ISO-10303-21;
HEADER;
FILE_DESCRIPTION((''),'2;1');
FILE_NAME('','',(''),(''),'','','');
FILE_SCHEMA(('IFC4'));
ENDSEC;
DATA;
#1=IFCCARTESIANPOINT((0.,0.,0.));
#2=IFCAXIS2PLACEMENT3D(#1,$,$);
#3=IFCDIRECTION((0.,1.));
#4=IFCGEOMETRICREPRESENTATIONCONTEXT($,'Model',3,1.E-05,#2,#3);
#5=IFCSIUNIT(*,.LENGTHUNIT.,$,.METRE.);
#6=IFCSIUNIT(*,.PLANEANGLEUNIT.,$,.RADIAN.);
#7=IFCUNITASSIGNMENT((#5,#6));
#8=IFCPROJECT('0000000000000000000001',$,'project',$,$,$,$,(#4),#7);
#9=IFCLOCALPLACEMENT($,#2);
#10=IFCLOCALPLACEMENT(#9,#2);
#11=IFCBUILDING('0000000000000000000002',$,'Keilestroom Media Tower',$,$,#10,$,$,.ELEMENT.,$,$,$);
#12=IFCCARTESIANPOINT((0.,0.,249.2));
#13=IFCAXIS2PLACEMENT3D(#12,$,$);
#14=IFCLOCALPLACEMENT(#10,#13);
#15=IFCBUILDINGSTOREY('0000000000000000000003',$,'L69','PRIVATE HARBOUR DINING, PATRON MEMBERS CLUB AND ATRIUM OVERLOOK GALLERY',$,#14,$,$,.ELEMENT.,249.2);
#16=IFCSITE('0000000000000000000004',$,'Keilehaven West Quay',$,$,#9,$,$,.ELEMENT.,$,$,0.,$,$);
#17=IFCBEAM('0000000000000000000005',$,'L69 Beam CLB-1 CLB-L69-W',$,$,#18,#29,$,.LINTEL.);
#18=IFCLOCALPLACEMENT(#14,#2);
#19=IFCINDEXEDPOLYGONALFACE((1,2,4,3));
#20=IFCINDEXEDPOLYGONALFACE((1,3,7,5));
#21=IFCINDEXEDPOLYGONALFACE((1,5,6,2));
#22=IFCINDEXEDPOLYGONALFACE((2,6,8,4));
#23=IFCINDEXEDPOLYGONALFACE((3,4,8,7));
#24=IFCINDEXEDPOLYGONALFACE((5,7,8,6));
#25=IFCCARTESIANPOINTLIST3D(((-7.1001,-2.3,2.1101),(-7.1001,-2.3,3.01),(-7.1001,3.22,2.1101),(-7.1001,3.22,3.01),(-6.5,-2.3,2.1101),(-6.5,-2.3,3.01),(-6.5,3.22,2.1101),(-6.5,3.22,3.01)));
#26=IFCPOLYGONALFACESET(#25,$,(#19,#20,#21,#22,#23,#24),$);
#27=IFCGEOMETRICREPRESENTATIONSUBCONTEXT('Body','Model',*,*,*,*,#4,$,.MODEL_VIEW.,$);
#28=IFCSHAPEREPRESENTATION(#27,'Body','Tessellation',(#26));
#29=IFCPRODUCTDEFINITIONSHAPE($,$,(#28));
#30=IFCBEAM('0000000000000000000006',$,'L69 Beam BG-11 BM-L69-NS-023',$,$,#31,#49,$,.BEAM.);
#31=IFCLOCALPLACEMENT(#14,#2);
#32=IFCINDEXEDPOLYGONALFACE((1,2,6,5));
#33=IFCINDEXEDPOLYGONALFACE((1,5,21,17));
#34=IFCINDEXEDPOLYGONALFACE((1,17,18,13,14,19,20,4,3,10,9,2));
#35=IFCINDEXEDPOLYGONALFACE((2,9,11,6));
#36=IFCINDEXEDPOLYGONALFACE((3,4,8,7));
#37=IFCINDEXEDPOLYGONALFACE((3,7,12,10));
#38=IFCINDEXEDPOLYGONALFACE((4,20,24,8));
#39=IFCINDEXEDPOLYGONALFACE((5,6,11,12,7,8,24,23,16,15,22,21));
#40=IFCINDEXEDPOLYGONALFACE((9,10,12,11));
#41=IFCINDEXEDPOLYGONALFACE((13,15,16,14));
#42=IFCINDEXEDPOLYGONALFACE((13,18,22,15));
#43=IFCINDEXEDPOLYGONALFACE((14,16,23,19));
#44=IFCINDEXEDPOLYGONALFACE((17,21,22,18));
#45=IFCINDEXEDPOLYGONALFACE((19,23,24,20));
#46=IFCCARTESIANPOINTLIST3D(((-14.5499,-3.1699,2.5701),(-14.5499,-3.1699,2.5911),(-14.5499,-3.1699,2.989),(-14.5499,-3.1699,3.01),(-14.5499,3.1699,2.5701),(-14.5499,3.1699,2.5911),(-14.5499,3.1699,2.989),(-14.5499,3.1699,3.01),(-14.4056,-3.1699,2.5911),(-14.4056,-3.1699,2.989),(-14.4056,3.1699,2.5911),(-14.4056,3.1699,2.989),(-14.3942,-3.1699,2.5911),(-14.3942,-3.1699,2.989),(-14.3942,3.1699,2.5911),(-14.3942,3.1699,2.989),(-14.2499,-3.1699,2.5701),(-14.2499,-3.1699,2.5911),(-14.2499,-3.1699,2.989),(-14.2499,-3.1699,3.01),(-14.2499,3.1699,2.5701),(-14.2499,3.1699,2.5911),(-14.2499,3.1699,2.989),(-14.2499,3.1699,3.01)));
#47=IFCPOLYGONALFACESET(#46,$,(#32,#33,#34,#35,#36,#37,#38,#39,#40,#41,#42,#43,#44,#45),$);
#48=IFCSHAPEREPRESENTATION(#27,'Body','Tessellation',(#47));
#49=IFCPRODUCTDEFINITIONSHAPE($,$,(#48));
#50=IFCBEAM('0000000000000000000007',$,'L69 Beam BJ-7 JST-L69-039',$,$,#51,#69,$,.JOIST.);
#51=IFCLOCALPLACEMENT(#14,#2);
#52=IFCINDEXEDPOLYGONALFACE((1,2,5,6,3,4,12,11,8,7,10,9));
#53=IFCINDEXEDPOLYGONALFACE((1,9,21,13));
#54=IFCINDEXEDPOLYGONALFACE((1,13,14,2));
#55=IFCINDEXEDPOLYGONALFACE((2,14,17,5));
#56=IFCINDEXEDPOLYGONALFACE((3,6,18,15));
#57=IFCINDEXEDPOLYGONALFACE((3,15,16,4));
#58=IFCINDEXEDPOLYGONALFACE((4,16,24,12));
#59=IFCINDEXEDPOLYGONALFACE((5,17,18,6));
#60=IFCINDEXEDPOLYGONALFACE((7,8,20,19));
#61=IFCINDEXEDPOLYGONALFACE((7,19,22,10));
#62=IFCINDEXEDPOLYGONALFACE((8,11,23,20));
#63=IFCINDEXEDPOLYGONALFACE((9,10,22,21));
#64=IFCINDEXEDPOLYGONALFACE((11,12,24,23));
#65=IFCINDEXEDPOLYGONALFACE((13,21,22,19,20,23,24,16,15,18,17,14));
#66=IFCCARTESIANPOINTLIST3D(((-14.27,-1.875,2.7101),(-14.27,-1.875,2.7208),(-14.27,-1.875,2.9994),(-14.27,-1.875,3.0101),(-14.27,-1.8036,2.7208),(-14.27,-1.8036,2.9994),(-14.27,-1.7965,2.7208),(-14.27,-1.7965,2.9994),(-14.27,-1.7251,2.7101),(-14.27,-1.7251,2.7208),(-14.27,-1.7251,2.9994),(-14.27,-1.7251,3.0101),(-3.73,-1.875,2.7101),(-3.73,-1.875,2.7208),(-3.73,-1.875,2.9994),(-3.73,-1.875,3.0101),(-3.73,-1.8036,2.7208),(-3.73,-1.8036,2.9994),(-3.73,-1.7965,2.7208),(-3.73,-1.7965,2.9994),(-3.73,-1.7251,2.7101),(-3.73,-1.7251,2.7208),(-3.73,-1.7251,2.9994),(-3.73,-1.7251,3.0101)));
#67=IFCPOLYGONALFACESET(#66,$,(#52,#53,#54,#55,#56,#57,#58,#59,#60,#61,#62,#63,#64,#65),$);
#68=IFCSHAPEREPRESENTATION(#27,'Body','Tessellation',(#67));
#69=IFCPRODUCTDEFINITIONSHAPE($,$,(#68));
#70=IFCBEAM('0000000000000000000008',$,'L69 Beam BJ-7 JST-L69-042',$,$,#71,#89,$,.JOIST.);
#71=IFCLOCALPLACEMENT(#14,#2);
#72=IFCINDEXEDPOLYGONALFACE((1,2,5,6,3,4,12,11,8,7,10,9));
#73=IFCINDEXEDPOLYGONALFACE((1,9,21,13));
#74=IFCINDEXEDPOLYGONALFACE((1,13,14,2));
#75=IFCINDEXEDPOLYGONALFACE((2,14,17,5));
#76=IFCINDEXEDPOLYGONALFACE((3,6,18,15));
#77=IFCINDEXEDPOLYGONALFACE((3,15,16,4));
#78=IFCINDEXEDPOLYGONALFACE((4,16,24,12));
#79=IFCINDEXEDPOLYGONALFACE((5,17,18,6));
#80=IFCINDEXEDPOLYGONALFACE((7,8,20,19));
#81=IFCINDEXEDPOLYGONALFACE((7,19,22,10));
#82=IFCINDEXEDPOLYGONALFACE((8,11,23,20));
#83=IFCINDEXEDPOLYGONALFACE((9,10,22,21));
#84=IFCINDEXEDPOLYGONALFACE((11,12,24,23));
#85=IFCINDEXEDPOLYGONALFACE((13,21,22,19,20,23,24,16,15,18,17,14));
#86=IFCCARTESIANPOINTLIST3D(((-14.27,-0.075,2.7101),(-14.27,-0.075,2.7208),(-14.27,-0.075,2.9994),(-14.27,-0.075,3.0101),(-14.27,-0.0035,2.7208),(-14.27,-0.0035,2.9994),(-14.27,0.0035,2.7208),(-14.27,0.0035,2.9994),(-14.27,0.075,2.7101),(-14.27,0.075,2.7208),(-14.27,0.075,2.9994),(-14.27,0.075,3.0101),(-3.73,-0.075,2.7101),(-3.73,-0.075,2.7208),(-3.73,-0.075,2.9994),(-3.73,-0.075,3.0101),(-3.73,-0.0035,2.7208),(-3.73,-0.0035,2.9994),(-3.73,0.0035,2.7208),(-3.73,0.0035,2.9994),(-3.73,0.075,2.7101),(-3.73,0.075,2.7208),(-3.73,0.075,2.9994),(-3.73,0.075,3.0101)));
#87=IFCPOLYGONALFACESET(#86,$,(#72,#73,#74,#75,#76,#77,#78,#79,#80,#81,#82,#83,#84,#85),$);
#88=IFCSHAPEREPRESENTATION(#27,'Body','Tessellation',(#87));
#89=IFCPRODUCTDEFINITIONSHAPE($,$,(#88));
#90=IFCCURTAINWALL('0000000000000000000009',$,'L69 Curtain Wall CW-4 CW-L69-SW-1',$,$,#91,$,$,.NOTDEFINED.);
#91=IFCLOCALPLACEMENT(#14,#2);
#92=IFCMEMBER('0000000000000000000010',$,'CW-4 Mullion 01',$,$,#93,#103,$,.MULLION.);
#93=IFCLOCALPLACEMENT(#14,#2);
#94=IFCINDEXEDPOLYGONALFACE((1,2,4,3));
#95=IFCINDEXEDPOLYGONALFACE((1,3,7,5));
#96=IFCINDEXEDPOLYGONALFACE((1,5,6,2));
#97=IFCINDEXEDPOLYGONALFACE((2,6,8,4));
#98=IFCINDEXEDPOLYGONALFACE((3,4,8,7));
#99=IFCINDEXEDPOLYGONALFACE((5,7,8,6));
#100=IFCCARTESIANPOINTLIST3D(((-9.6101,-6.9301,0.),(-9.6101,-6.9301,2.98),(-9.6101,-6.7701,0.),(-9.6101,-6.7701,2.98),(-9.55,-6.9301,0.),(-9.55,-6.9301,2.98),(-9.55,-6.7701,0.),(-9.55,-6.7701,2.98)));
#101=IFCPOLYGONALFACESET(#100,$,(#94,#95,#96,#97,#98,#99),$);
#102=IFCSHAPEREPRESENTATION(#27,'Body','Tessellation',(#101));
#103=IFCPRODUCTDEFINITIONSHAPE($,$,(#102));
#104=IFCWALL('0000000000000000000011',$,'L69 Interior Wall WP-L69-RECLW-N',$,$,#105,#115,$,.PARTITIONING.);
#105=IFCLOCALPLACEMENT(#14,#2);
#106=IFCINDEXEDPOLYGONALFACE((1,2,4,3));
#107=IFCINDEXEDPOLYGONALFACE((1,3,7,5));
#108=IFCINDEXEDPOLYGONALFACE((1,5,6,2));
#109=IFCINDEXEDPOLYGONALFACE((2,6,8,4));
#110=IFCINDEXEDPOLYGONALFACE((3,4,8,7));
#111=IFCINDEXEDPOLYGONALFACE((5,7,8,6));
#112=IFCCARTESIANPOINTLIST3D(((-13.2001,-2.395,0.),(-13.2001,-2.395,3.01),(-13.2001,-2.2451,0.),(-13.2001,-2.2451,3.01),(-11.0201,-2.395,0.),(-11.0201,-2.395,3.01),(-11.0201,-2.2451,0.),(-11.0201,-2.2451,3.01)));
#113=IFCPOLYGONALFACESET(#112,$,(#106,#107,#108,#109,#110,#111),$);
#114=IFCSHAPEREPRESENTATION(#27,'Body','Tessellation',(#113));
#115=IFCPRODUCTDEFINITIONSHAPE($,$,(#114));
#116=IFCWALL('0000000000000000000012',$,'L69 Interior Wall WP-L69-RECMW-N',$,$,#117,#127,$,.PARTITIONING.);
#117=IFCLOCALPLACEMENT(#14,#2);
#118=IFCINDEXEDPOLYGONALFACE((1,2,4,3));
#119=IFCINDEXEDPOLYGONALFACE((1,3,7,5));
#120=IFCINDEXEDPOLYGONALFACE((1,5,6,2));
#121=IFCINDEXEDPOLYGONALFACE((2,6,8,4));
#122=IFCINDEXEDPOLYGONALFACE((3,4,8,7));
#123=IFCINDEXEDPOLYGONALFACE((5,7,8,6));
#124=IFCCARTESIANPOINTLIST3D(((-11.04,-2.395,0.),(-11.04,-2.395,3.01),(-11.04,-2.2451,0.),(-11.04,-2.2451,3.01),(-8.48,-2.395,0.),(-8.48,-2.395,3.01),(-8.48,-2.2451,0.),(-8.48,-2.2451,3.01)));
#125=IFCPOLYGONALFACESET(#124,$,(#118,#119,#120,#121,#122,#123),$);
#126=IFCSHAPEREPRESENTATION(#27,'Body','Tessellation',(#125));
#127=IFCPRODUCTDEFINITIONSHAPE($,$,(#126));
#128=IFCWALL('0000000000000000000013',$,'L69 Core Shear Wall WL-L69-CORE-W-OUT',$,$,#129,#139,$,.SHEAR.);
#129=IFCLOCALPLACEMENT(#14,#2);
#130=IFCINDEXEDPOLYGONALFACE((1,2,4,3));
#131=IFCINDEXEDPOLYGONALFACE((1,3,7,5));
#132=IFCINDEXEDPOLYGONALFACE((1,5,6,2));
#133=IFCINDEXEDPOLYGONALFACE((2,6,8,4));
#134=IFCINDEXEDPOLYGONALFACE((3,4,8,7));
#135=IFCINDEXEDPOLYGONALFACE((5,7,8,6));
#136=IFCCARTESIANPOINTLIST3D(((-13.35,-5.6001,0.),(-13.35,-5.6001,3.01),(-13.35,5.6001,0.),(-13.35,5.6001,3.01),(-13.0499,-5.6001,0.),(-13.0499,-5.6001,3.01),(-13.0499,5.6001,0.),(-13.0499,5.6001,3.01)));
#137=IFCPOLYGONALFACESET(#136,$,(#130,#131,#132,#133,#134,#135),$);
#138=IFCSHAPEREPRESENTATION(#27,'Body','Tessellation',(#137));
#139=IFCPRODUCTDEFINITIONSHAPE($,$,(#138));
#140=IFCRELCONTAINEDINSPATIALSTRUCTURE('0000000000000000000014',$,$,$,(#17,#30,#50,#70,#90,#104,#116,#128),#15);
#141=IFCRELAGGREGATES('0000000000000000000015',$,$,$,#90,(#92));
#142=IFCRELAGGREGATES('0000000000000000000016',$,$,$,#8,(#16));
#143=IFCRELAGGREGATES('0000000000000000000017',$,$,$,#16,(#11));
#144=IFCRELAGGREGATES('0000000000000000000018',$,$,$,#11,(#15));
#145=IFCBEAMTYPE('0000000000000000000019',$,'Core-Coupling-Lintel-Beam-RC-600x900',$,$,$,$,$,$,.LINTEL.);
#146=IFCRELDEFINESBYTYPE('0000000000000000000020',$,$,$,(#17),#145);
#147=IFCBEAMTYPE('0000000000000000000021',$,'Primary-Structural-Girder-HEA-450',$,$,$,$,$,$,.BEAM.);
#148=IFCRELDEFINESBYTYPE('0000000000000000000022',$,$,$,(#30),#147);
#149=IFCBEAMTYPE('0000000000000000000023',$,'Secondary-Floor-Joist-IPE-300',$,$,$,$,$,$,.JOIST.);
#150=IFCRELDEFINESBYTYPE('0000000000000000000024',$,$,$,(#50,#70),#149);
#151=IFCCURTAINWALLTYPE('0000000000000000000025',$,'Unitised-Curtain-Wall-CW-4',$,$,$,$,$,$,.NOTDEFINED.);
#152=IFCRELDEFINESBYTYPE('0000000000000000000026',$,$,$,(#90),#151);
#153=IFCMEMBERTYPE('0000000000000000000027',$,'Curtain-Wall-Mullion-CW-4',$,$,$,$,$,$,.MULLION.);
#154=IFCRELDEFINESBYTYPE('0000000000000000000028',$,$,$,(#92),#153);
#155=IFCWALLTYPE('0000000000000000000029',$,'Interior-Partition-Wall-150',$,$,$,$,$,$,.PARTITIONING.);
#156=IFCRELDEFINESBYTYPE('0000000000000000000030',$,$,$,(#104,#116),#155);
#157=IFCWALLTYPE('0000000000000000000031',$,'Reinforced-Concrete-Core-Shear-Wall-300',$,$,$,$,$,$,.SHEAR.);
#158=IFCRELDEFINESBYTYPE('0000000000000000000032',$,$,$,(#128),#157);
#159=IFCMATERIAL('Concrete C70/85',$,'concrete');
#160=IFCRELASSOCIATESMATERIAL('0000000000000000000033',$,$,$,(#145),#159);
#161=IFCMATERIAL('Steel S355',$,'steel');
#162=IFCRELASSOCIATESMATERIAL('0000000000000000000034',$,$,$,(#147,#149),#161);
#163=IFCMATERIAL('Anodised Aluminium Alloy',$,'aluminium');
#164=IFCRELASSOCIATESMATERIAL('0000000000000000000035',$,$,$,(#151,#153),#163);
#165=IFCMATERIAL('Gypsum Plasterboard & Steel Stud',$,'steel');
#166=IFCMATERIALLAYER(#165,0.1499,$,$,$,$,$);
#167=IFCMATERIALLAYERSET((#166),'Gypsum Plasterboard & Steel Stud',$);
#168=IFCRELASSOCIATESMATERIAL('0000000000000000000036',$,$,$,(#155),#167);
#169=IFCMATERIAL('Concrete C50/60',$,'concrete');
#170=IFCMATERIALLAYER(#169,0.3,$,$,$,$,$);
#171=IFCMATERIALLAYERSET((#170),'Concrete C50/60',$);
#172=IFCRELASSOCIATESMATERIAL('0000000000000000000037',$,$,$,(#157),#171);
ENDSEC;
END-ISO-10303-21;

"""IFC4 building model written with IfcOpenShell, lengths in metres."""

from ifc_helpers import new_model, si_unit, direction, frame, frame_2d, origin, origin_2d, place, context, subcontext, project, spatial, rectangle, i_section, extrude, source, transform, mapped, material, layer, layer_set, material_profile, profile_set, type_object, element, aggregate, save


model = new_model("IFC4")

# Units and contexts
model_context = context("Model", 3, precision=1e-05, world=origin(), true_north=direction((0.0, 1.0)))
body_context = subcontext(model_context, "Body", "Model", "MODEL_VIEW")
ifc_project = project(units=[si_unit("LENGTHUNIT", "METRE"), si_unit("PLANEANGLEUNIT", "RADIAN")], contexts=[model_context])

# Site, building, storey
site_placement = place(None, origin())
site = spatial("IfcSite", under=ifc_project, at=site_placement, Name="Keilehaven West Quay", CompositionType="ELEMENT", RefElevation=0.0)
building_placement = place(site_placement, origin())
building = spatial("IfcBuilding", under=site, at=building_placement, Name="Keilestroom Media Tower", CompositionType="ELEMENT")
storey_placement = place(building_placement, frame((0.0, 0.0, 249.2)))
storey = spatial("IfcBuildingStorey", under=building, at=storey_placement, Name="L69", Description="PRIVATE HARBOUR DINING, PATRON MEMBERS CLUB AND ATRIUM OVERLOOK GALLERY", CompositionType="ELEMENT", Elevation=249.2)

# Beams
ifc_material_1 = material(Name="Concrete C70/85", Category="concrete")
ifc_material_profile_1 = material_profile(ifc_material_1, rectangle(XDim=0.6001, YDim=0.8999, at=origin_2d()), Name="RC 600x900")
ifc_profile_set_1 = profile_set([ifc_material_profile_1], Name="Concrete C70/85")
beam_type_1 = type_object("IfcBeamType", Name="Core-Coupling-Lintel-Beam-RC-600x900", PredefinedType="LINTEL", material=ifc_profile_set_1)
shared_shape_1 = source(origin(), body_context, "Body", "SweptSolid", [
    extrude(rectangle(XDim=0.6001, YDim=0.8999, at=origin_2d()), origin(), (0.0, 0.0, 1.0), 5.52),
])
beam_1_placement = place(storey_placement, frame((-6.8, -2.3, 2.5601), z_axis=(0.0, 1.0, 0.0), x_axis=(-1.0, 0.0, 0.0)))
element("IfcBeam", 1, at=beam_1_placement, inside=storey, type_object=beam_type_1, Name="L69 Beam CLB-1 CLB-L69-W", PredefinedType="LINTEL", context=body_context, shape_type="MappedRepresentation", body=[
    mapped(shared_shape_1, transform((0.0, 0.0, 0.0), x_axis=(1.0, 0.0, 0.0), y_axis=(0.0, 1.0, 0.0), z_axis=(0.0, 0.0, 1.0), scale=1.0)),
])
ifc_material_2 = material(Name="Steel S355", Category="steel")
ifc_material_profile_2 = material_profile(ifc_material_2, i_section(OverallWidth=0.3, OverallDepth=0.4399, WebThickness=0.0115, FlangeThickness=0.021, at=origin_2d()), Name="HEA 450")
ifc_profile_set_2 = profile_set([ifc_material_profile_2], Name="Steel S355")
beam_type_2 = type_object("IfcBeamType", Name="Primary-Structural-Girder-HEA-450", PredefinedType="BEAM", material=ifc_profile_set_2)
shared_shape_2 = source(origin(), body_context, "Body", "SweptSolid", [
    extrude(i_section(OverallWidth=0.3, OverallDepth=0.4399, WebThickness=0.0115, FlangeThickness=0.021, at=origin_2d()), origin(), (0.0, 0.0, 1.0), 6.3398),
])
beam_2_placement = place(storey_placement, frame((-14.3999, -3.1699, 2.79), z_axis=(0.0, 1.0, 0.0), x_axis=(-1.0, 0.0, 0.0)))
element("IfcBeam", 2, at=beam_2_placement, inside=storey, type_object=beam_type_2, Name="L69 Beam BG-11 BM-L69-NS-023", PredefinedType="BEAM", context=body_context, shape_type="MappedRepresentation", body=[
    mapped(shared_shape_2, transform((0.0, 0.0, 0.0), x_axis=(1.0, 0.0, 0.0), y_axis=(0.0, 1.0, 0.0), z_axis=(0.0, 0.0, 1.0), scale=1.0)),
])
ifc_material_profile_3 = material_profile(ifc_material_2, i_section(OverallWidth=0.1499, OverallDepth=0.3, WebThickness=0.0071, FlangeThickness=0.0107, at=origin_2d()), Name="IPE 300")
ifc_profile_set_3 = profile_set([ifc_material_profile_3], Name="Steel S355")
beam_type_3 = type_object("IfcBeamType", Name="Secondary-Floor-Joist-IPE-300", PredefinedType="JOIST", material=ifc_profile_set_3)
shared_shape_3 = source(origin(), body_context, "Body", "SweptSolid", [
    extrude(i_section(OverallWidth=0.1499, OverallDepth=0.3, WebThickness=0.0071, FlangeThickness=0.0107, at=origin_2d()), origin(), (0.0, 0.0, 1.0), 10.54),
])
for number, where, z_axis, x_axis, name in (
    (3, (-14.27, -1.8, 2.8601), (1.0, 0.0, 0.0), (0.0, 1.0, 0.0), "L69 Beam BJ-7 JST-L69-039"),
    (4, (-14.27, 0.0, 2.8601), (1.0, 0.0, 0.0), (0.0, 1.0, 0.0), "L69 Beam BJ-7 JST-L69-042"),
):
    element("IfcBeam", number, at=place(storey_placement, frame(where, z_axis=z_axis, x_axis=x_axis)), inside=storey, type_object=beam_type_3, Name=name, PredefinedType="JOIST", context=body_context, shape_type="MappedRepresentation", body=[
        mapped(shared_shape_3, transform((0.0, 0.0, 0.0), x_axis=(1.0, 0.0, 0.0), y_axis=(0.0, 1.0, 0.0), z_axis=(0.0, 0.0, 1.0), scale=1.0)),
    ])

# Curtain wall, member
ifc_material_3 = material(Name="Anodised Aluminium Alloy", Category="aluminium")
curtain_wall_type = type_object("IfcCurtainWallType", Name="Unitised-Curtain-Wall-CW-4", PredefinedType="NOTDEFINED", material=ifc_material_3)
curtain_wall_placement = place(storey_placement, origin())
curtain_wall = element("IfcCurtainWall", 5, at=curtain_wall_placement, inside=storey, type_object=curtain_wall_type, Name="L69 Curtain Wall CW-4 CW-L69-SW-1", PredefinedType="NOTDEFINED")
ifc_material_profile_4 = material_profile(ifc_material_3, rectangle(XDim=0.0601, YDim=0.1599, at=origin_2d()), Name="ALU MULLION 60x160")
ifc_profile_set_4 = profile_set([ifc_material_profile_4], Name="Anodised Aluminium Alloy")
member_type = type_object("IfcMemberType", Name="Curtain-Wall-Mullion-CW-4", PredefinedType="MULLION", material=ifc_profile_set_4)
shared_shape_4 = source(origin(), body_context, "Body", "SweptSolid", [
    extrude(rectangle(XDim=0.0601, YDim=0.1599, at=origin_2d()), origin(), (0.0, 0.0, 1.0), 2.98),
])
member_placement = place(storey_placement, frame((-9.5801, -6.8501, 0.0), z_axis=(0.0, 0.0, 1.0), x_axis=(1.0, 0.0, 0.0)))
member = element("IfcMember", 6, at=member_placement, type_object=member_type, Name="CW-4 Mullion 01", PredefinedType="MULLION", context=body_context, shape_type="MappedRepresentation", body=[
    mapped(shared_shape_4, transform((0.0, 0.0, 0.0), x_axis=(1.0, 0.0, 0.0), y_axis=(0.0, 1.0, 0.0), z_axis=(0.0, 0.0, 1.0), scale=1.0)),
])
aggregate(curtain_wall, [member])

# Walls
ifc_material_4 = material(Name="Gypsum Plasterboard & Steel Stud", Category="steel")
ifc_layer_1 = layer(ifc_material_4, 0.1499)
ifc_layer_set_1 = layer_set([ifc_layer_1], Name="Gypsum Plasterboard & Steel Stud")
wall_type_1 = type_object("IfcWallType", Name="Interior-Partition-Wall-150", PredefinedType="PARTITIONING", material=ifc_layer_set_1)
wall_1_placement = place(storey_placement, frame((-13.2, -2.3201, 0.0), z_axis=(0.0, 0.0, 1.0), x_axis=(1.0, 0.0, 0.0)))
element("IfcWall", 7, at=wall_1_placement, inside=storey, type_object=wall_type_1, Name="L69 Interior Wall WP-L69-RECLW-N", PredefinedType="PARTITIONING", context=body_context, shape_type="SweptSolid", body=[
    extrude(rectangle(XDim=2.1799, YDim=0.1499, at=frame_2d((1.0898, 0.0))), origin(), (0.0, 0.0, 1.0), 3.01),
])
wall_2_placement = place(storey_placement, frame((-11.04, -2.3201, 0.0), z_axis=(0.0, 0.0, 1.0), x_axis=(1.0, 0.0, 0.0)))
element("IfcWall", 8, at=wall_2_placement, inside=storey, type_object=wall_type_1, Name="L69 Interior Wall WP-L69-RECMW-N", PredefinedType="PARTITIONING", context=body_context, shape_type="SweptSolid", body=[
    extrude(rectangle(XDim=2.5601, YDim=0.1499, at=frame_2d((1.28, 0.0))), origin(), (0.0, 0.0, 1.0), 3.01),
])
ifc_material_5 = material(Name="Concrete C50/60", Category="concrete")
ifc_layer_2 = layer(ifc_material_5, 0.3)
ifc_layer_set_2 = layer_set([ifc_layer_2], Name="Concrete C50/60")
wall_type_2 = type_object("IfcWallType", Name="Reinforced-Concrete-Core-Shear-Wall-300", PredefinedType="SHEAR", material=ifc_layer_set_2)
wall_3_placement = place(storey_placement, frame((-13.2, -5.6001, 0.0), z_axis=(0.0, 0.0, 1.0), x_axis=(0.0, 1.0, 0.0)))
element("IfcWall", 9, at=wall_3_placement, inside=storey, type_object=wall_type_2, Name="L69 Core Shear Wall WL-L69-CORE-W-OUT", PredefinedType="SHEAR", context=body_context, shape_type="SweptSolid", body=[
    extrude(rectangle(XDim=11.2002, YDim=0.3, at=frame_2d((5.6001, 0.0))), origin(), (0.0, 0.0, 1.0), 3.01),
])

save(model, "model.ifc")
